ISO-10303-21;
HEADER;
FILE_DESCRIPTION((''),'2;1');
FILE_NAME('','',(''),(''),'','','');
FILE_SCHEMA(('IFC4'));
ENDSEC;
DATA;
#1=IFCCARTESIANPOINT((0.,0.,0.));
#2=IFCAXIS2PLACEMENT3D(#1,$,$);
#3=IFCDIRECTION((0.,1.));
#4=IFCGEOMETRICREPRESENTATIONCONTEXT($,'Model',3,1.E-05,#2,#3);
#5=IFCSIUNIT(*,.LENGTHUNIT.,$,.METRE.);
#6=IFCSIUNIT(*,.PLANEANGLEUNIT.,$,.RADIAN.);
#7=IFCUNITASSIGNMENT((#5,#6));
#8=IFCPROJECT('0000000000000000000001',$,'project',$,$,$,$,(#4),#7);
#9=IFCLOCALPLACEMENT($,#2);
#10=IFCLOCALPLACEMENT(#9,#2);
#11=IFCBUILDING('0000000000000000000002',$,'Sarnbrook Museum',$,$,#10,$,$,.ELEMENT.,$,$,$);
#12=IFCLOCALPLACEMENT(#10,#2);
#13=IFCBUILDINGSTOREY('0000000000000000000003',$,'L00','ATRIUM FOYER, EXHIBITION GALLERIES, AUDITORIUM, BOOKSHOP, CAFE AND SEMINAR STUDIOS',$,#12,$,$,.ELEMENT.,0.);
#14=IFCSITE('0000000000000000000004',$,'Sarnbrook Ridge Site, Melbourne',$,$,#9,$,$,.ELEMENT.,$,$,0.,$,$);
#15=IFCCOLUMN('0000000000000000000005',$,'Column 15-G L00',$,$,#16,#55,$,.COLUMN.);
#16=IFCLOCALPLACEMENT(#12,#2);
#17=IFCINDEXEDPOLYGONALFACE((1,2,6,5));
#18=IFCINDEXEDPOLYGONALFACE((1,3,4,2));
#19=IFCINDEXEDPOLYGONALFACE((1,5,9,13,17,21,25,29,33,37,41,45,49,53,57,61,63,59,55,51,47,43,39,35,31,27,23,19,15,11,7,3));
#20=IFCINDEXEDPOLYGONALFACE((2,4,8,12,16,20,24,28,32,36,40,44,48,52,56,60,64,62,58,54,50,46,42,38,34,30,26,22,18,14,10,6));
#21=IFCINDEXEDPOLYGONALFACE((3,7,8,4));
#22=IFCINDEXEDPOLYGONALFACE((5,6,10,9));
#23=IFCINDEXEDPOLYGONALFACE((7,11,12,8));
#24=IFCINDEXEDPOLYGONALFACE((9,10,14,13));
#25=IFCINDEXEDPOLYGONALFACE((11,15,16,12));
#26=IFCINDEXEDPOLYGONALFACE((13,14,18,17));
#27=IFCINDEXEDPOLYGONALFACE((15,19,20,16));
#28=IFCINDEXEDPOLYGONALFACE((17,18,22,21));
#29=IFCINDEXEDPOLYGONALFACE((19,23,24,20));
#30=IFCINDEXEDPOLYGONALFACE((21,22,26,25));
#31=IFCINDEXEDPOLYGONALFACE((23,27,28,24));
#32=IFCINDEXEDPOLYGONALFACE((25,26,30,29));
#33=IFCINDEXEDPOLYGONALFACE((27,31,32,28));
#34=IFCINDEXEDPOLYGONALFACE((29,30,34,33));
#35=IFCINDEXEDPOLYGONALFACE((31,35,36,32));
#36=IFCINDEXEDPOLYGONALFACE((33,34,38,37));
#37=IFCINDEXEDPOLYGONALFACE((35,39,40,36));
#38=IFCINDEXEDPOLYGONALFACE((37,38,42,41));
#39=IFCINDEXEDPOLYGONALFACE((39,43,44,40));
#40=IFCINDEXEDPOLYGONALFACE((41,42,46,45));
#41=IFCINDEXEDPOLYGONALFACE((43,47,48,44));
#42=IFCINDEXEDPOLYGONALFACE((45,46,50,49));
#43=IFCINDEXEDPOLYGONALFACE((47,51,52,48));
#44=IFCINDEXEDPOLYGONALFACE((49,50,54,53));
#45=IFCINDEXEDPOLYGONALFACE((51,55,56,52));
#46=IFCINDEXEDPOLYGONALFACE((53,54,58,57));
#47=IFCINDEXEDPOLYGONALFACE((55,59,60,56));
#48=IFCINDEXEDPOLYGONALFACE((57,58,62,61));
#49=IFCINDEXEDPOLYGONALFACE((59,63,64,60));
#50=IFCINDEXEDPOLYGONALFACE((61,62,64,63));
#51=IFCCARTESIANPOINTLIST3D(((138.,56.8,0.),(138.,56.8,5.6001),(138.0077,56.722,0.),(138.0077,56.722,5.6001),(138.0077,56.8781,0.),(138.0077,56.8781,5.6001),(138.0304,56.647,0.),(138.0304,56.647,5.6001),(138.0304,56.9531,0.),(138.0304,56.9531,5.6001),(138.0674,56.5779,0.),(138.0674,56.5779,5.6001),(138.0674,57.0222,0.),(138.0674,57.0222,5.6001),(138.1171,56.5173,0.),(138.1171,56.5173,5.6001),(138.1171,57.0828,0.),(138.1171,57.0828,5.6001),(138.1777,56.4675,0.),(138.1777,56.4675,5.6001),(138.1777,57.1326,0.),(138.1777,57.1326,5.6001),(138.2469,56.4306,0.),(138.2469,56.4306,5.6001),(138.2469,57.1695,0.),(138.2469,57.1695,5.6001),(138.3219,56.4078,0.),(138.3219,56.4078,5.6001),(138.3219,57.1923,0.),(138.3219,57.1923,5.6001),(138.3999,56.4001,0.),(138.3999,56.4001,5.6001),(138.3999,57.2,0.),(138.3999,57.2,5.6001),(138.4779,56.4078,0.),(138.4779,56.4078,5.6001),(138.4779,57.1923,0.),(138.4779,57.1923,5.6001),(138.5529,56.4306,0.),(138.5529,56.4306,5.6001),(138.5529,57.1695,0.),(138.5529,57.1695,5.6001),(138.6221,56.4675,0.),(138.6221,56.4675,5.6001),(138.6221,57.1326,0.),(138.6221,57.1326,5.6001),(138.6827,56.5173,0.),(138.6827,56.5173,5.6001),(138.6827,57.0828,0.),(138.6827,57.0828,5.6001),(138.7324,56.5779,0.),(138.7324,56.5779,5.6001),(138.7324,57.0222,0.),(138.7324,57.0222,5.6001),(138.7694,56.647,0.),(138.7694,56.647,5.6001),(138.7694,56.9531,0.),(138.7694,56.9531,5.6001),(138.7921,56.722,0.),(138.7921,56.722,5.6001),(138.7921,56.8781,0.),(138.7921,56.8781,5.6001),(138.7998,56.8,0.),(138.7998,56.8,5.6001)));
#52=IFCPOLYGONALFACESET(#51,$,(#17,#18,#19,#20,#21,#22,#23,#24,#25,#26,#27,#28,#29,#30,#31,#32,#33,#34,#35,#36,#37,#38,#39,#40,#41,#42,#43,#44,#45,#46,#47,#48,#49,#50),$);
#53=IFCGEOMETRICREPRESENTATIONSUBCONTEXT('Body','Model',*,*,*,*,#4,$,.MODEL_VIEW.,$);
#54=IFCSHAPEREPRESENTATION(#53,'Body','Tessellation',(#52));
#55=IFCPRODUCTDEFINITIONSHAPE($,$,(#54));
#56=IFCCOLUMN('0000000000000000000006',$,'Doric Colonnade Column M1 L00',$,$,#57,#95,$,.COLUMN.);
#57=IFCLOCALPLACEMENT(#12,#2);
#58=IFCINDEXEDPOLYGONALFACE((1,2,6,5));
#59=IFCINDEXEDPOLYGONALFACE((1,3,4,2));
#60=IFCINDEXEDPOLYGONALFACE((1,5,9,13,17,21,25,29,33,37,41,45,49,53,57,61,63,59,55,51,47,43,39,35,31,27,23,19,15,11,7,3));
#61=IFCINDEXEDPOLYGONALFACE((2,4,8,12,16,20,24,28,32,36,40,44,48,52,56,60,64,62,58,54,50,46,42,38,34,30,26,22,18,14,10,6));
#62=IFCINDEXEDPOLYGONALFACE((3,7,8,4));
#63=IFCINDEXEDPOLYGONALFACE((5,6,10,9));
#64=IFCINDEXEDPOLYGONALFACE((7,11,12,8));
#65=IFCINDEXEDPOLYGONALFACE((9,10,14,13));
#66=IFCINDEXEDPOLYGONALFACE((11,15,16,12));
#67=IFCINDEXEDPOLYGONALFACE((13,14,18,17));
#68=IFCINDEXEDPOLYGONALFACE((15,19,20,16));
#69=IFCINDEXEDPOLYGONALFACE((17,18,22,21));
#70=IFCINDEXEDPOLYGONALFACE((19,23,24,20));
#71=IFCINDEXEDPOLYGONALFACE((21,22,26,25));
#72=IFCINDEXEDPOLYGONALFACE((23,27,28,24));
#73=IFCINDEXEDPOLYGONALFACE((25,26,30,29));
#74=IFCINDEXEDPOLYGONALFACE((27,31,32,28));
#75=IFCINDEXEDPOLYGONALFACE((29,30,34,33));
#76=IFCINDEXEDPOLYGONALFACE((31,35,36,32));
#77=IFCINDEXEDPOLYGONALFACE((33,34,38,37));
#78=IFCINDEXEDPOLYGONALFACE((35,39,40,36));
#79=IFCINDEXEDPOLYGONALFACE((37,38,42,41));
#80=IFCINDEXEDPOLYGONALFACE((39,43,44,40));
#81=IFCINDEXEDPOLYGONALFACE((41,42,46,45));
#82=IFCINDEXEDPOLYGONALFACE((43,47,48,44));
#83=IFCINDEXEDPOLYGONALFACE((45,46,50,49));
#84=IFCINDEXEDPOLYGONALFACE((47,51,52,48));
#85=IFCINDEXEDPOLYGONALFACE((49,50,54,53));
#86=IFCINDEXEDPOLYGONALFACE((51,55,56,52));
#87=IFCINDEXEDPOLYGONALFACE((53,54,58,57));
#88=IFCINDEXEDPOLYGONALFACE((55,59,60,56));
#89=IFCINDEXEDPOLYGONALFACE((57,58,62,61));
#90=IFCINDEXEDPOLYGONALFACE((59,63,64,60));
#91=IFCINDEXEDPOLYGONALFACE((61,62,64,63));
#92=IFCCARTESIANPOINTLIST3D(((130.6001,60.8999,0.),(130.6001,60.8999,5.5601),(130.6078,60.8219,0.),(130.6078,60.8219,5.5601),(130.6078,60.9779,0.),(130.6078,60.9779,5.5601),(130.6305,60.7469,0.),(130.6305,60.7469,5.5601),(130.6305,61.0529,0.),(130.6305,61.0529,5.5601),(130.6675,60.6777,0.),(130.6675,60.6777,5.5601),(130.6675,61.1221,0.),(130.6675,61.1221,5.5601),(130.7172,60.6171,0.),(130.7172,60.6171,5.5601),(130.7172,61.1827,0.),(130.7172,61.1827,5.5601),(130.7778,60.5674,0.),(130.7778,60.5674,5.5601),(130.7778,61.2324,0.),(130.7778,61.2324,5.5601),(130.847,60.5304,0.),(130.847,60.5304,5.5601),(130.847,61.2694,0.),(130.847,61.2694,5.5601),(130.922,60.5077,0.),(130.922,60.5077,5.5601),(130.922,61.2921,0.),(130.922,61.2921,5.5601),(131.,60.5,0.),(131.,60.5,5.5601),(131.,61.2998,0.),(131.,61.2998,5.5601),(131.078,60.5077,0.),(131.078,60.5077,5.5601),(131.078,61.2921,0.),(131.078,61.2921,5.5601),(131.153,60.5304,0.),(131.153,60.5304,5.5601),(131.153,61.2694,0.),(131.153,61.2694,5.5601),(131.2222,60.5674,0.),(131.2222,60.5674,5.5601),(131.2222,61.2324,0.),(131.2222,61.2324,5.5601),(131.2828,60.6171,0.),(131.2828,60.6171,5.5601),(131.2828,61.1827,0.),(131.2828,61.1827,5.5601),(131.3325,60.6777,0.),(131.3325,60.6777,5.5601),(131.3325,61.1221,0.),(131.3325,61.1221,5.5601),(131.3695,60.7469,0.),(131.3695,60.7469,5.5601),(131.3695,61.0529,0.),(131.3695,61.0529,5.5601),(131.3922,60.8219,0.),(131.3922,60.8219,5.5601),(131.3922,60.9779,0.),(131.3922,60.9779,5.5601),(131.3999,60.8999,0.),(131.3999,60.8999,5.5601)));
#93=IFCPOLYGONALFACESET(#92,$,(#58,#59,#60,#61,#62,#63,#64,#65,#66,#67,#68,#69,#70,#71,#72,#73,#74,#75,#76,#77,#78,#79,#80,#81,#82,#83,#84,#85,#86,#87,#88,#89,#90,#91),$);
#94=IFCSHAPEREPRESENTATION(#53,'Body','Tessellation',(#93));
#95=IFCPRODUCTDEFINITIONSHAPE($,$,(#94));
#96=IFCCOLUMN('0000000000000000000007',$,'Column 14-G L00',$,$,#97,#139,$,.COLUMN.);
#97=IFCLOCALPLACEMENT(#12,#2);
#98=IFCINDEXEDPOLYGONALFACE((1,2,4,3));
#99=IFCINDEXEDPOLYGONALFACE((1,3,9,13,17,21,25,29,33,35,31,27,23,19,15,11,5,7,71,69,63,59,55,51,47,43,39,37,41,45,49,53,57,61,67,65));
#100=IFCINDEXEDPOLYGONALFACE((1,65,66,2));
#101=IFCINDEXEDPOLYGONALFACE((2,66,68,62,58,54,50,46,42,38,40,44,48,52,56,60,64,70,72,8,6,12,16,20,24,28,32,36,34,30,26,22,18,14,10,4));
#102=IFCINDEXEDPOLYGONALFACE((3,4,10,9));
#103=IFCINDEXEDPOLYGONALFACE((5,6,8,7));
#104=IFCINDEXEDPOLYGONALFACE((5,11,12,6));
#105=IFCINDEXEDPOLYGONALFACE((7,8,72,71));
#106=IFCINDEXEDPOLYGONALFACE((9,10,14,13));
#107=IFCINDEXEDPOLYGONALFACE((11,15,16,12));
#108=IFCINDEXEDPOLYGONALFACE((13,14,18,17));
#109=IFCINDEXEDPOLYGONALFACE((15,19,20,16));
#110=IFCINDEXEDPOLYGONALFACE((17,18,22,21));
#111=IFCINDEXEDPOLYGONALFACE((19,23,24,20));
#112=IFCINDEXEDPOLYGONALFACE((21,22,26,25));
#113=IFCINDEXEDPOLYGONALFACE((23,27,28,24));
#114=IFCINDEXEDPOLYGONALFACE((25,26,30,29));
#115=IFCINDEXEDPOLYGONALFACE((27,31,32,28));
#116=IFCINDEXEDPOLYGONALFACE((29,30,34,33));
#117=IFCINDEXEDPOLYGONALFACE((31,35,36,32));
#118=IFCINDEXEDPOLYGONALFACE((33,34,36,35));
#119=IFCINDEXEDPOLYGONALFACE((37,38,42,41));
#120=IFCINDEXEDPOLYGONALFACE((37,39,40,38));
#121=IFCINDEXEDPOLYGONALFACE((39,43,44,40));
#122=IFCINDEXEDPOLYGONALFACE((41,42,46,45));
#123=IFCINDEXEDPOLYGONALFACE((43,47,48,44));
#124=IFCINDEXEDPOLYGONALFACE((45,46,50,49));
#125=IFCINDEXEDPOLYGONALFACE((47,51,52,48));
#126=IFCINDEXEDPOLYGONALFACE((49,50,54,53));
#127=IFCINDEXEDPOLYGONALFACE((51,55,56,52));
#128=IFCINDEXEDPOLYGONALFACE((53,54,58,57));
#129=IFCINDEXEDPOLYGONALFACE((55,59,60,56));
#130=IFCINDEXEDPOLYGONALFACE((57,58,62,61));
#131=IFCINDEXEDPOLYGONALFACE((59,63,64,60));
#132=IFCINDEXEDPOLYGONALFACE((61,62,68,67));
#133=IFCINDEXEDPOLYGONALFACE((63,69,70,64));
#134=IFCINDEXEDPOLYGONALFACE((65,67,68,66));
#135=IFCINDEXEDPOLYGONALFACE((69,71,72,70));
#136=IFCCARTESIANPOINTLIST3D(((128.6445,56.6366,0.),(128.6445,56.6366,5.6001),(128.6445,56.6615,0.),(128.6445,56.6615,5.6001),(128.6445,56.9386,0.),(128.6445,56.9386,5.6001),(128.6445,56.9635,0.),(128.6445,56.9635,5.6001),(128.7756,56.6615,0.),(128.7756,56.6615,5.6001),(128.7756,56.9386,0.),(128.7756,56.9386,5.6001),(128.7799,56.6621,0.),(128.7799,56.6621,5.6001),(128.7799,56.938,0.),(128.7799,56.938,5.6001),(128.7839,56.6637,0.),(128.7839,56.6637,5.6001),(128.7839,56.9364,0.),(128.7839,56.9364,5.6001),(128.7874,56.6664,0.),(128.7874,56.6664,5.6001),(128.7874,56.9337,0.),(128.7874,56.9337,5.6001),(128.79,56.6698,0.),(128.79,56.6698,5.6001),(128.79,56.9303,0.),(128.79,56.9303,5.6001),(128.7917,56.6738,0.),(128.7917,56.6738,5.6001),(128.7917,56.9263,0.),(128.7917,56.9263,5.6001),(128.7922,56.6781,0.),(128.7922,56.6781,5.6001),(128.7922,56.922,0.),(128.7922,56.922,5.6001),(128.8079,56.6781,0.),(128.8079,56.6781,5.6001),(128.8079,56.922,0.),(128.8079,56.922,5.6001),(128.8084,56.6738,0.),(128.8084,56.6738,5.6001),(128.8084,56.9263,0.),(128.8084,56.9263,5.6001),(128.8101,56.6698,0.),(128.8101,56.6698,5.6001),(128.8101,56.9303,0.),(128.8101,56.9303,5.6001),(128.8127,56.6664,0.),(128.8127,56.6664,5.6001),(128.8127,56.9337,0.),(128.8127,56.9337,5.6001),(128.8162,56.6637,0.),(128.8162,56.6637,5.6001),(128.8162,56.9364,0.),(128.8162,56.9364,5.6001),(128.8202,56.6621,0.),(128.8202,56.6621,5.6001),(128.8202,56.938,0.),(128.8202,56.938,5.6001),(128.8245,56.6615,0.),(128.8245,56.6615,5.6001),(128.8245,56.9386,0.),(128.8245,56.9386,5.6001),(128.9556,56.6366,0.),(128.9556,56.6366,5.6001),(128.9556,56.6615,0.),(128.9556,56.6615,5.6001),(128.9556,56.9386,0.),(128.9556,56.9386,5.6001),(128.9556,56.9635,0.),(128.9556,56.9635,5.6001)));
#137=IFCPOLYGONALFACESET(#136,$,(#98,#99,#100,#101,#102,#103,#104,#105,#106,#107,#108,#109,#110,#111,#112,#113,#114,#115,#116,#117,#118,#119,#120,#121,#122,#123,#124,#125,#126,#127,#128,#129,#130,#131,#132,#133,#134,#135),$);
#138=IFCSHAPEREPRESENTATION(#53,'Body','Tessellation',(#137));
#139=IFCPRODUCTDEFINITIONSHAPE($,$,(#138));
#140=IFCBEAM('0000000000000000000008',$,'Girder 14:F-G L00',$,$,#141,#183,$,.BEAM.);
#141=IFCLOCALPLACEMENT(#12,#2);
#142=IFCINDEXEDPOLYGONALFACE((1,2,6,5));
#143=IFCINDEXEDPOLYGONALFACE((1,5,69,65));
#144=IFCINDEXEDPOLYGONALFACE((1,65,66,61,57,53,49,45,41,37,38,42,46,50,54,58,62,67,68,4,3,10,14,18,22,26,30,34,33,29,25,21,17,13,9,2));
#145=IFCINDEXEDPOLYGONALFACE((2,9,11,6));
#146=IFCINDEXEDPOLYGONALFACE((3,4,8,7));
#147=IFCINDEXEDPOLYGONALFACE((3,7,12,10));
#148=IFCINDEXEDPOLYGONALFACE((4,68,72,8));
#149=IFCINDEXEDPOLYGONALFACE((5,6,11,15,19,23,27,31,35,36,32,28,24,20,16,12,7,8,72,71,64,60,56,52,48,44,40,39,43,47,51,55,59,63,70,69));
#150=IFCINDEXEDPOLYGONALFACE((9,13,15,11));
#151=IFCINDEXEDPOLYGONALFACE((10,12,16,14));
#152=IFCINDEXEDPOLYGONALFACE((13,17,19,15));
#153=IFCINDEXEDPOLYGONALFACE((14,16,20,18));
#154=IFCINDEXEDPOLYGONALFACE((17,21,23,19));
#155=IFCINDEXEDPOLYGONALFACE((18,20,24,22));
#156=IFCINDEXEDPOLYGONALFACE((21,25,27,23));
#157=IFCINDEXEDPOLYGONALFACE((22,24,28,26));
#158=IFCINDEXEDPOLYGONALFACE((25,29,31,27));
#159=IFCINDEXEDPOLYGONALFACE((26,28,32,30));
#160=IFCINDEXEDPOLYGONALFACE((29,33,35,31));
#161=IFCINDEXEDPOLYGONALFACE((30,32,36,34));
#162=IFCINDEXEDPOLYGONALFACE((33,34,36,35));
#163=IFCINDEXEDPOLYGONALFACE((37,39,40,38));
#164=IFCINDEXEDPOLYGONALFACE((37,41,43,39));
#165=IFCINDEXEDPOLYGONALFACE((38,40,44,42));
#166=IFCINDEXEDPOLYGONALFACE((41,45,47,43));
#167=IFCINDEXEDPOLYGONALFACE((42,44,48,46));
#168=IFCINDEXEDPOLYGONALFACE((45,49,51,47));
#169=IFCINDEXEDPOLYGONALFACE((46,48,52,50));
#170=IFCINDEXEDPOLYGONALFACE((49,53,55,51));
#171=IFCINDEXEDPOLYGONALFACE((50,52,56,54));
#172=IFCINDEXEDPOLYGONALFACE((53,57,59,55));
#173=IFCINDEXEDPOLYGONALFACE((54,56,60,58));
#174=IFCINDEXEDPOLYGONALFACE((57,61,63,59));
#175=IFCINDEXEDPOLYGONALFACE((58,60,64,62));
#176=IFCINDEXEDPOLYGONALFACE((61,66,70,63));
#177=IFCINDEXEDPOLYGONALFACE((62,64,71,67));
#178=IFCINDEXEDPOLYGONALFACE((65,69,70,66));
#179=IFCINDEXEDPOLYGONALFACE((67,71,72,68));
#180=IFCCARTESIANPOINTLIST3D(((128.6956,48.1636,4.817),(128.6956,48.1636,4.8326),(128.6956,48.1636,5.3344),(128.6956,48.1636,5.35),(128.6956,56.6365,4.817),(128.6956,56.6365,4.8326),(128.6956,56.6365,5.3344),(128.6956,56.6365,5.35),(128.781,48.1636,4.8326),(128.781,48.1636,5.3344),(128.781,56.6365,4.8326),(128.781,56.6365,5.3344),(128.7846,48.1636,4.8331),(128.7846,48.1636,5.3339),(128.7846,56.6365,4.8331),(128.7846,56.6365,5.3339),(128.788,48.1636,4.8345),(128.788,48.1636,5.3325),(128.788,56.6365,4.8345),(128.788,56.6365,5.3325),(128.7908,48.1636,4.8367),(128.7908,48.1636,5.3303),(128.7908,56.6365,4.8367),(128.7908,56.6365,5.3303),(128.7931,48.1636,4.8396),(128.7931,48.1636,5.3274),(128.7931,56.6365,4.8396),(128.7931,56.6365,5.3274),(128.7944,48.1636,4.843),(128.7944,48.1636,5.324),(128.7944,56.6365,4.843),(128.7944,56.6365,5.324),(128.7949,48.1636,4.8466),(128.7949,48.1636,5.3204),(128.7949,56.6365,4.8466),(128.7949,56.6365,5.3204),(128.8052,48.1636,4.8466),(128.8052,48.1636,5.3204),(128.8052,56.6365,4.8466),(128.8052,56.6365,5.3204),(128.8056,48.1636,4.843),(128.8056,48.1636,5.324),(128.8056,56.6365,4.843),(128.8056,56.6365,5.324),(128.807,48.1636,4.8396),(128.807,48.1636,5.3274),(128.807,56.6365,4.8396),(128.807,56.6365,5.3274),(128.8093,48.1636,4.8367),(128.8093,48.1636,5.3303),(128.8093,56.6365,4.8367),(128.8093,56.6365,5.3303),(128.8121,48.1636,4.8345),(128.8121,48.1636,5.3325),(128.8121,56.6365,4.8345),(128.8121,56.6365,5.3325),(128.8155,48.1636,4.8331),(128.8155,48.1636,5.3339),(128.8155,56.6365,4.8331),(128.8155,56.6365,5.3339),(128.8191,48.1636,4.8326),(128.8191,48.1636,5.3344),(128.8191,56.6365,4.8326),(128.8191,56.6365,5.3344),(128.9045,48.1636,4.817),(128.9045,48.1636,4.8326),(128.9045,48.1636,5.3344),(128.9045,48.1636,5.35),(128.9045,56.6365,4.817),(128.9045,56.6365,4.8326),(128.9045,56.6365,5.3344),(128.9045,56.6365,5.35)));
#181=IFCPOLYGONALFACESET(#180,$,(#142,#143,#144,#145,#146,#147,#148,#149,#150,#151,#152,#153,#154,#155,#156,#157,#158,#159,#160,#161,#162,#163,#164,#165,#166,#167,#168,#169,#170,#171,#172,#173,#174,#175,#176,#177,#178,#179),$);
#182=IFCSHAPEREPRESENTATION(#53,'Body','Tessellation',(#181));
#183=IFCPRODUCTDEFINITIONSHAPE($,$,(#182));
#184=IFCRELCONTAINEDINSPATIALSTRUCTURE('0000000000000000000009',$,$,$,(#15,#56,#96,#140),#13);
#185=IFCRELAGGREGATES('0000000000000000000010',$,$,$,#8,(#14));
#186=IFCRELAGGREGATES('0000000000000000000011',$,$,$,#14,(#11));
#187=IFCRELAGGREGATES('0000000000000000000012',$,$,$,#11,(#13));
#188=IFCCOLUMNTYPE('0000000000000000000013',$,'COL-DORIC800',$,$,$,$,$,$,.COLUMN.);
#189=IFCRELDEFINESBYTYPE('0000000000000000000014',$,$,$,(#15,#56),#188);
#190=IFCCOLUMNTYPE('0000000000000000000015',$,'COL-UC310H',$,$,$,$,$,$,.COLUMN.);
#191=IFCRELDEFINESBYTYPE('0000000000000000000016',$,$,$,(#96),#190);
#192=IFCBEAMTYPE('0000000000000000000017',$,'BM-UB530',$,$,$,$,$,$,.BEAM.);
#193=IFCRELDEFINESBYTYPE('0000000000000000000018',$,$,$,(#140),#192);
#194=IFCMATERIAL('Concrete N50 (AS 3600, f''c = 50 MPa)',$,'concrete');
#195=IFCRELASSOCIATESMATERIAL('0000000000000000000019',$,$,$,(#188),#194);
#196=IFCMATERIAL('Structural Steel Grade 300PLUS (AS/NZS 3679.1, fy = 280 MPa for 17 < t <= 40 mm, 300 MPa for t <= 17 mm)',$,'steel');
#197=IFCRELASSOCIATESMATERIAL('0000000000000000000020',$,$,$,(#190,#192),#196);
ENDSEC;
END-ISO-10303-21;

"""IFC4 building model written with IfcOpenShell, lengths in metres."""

from ifc_helpers import new_model, si_unit, direction, frame, origin, origin_2d, place, context, subcontext, project, spatial, circle, i_section, extrude, material, material_profile, profile_set, type_object, element, save


model = new_model("IFC4")

# Units and contexts
model_context = context("Model", 3, precision=1e-05, world=origin(), true_north=direction((0.0, 1.0)))
body_context = subcontext(model_context, "Body", "Model", "MODEL_VIEW")
ifc_project = project(units=[si_unit("LENGTHUNIT", "METRE"), si_unit("PLANEANGLEUNIT", "RADIAN")], contexts=[model_context])

# Site, building, storey
site_placement = place(None, origin())
site = spatial("IfcSite", under=ifc_project, at=site_placement, Name="Sarnbrook Ridge Site, Melbourne", CompositionType="ELEMENT", RefElevation=0.0)
building_placement = place(site_placement, origin())
building = spatial("IfcBuilding", under=site, at=building_placement, Name="Sarnbrook Museum", CompositionType="ELEMENT")
storey_placement = place(building_placement, origin())
storey = spatial("IfcBuildingStorey", under=building, at=storey_placement, Name="L00", Description="ATRIUM FOYER, EXHIBITION GALLERIES, AUDITORIUM, BOOKSHOP, CAFE AND SEMINAR STUDIOS", CompositionType="ELEMENT", Elevation=0.0)

# Columns
ifc_material_1 = material(Name="Concrete N50 (AS 3600, f'c = 50 MPa)", Category="concrete")
ifc_material_profile_1 = material_profile(ifc_material_1, circle(Radius=0.3999, at=origin_2d()), Name="DORIC D800")
ifc_profile_set_1 = profile_set([ifc_material_profile_1], Name="Concrete N50 (AS 3600, f'c = 50 MPa)")
column_type_1 = type_object("IfcColumnType", Name="COL-DORIC800", PredefinedType="COLUMN", material=ifc_profile_set_1)
column_1_placement = place(storey_placement, frame((138.3999, 56.8, 0.0), z_axis=(0.0, 0.0, 1.0), x_axis=(1.0, 0.0, 0.0)))
element("IfcColumn", 1, at=column_1_placement, inside=storey, type_object=column_type_1, Name="Column 15-G L00", PredefinedType="COLUMN", context=body_context, shape_type="SweptSolid", body=[
    extrude(circle(Radius=0.3999, at=origin_2d()), origin(), (0.0, 0.0, 1.0), 5.6001),
])
column_2_placement = place(storey_placement, frame((131.0, 60.8999, 0.0), z_axis=(0.0, 0.0, 1.0), x_axis=(1.0, 0.0, 0.0)))
element("IfcColumn", 2, at=column_2_placement, inside=storey, type_object=column_type_1, Name="Doric Colonnade Column M1 L00", PredefinedType="COLUMN", context=body_context, shape_type="SweptSolid", body=[
    extrude(circle(Radius=0.3999, at=origin_2d()), origin(), (0.0, 0.0, 1.0), 5.5601),
])
ifc_material_2 = material(Name="Structural Steel Grade 300PLUS (AS/NZS 3679.1, fy = 280 MPa for 17 < t <= 40 mm, 300 MPa for t <= 17 mm)", Category="steel")
ifc_material_profile_2 = material_profile(ifc_material_2, i_section(OverallWidth=0.311, OverallDepth=0.3269, WebThickness=0.0156, FlangeThickness=0.0249, FilletRadius=0.0166, at=origin_2d()), Name="310UC158")
ifc_profile_set_2 = profile_set([ifc_material_profile_2], Name="Structural Steel Grade 300PLUS (AS/NZS 3679.1, fy = 280 MPa for 17 < t <= 40 mm, 300 MPa for t <= 17 mm)")
column_type_2 = type_object("IfcColumnType", Name="COL-UC310H", PredefinedType="COLUMN", material=ifc_profile_set_2)
column_3_placement = place(storey_placement, frame((128.8, 56.8, 0.0), z_axis=(0.0, 0.0, 1.0), x_axis=(1.0, 0.0, 0.0)))
element("IfcColumn", 3, at=column_3_placement, inside=storey, type_object=column_type_2, Name="Column 14-G L00", PredefinedType="COLUMN", context=body_context, shape_type="SweptSolid", body=[
    extrude(i_section(OverallWidth=0.311, OverallDepth=0.3269, WebThickness=0.0156, FlangeThickness=0.0249, FilletRadius=0.0166, at=origin_2d()), origin(), (0.0, 0.0, 1.0), 5.6001),
])

# Beam
ifc_material_profile_3 = material_profile(ifc_material_2, i_section(OverallWidth=0.209, OverallDepth=0.533, WebThickness=0.0103, FlangeThickness=0.0156, FilletRadius=0.0139, at=origin_2d()), Name="530UB92.4")
ifc_profile_set_3 = profile_set([ifc_material_profile_3], Name="Structural Steel Grade 300PLUS (AS/NZS 3679.1, fy = 280 MPa for 17 < t <= 40 mm, 300 MPa for t <= 17 mm)")
beam_type_1 = type_object("IfcBeamType", Name="BM-UB530", PredefinedType="BEAM", material=ifc_profile_set_3)
beam_1_placement = place(storey_placement, frame((128.8, 48.1636, 5.0835), z_axis=(0.0, 1.0, 0.0), x_axis=(-1.0, 0.0, 0.0)))
element("IfcBeam", 4, at=beam_1_placement, inside=storey, type_object=beam_type_1, Name="Girder 14:F-G L00", PredefinedType="BEAM", context=body_context, shape_type="SweptSolid", body=[
    extrude(i_section(OverallWidth=0.209, OverallDepth=0.533, WebThickness=0.0103, FlangeThickness=0.0156, FilletRadius=0.0139, at=origin_2d()), origin(), (0.0, 0.0, 1.0), 8.4729),
])

save(model, "model.ifc")
